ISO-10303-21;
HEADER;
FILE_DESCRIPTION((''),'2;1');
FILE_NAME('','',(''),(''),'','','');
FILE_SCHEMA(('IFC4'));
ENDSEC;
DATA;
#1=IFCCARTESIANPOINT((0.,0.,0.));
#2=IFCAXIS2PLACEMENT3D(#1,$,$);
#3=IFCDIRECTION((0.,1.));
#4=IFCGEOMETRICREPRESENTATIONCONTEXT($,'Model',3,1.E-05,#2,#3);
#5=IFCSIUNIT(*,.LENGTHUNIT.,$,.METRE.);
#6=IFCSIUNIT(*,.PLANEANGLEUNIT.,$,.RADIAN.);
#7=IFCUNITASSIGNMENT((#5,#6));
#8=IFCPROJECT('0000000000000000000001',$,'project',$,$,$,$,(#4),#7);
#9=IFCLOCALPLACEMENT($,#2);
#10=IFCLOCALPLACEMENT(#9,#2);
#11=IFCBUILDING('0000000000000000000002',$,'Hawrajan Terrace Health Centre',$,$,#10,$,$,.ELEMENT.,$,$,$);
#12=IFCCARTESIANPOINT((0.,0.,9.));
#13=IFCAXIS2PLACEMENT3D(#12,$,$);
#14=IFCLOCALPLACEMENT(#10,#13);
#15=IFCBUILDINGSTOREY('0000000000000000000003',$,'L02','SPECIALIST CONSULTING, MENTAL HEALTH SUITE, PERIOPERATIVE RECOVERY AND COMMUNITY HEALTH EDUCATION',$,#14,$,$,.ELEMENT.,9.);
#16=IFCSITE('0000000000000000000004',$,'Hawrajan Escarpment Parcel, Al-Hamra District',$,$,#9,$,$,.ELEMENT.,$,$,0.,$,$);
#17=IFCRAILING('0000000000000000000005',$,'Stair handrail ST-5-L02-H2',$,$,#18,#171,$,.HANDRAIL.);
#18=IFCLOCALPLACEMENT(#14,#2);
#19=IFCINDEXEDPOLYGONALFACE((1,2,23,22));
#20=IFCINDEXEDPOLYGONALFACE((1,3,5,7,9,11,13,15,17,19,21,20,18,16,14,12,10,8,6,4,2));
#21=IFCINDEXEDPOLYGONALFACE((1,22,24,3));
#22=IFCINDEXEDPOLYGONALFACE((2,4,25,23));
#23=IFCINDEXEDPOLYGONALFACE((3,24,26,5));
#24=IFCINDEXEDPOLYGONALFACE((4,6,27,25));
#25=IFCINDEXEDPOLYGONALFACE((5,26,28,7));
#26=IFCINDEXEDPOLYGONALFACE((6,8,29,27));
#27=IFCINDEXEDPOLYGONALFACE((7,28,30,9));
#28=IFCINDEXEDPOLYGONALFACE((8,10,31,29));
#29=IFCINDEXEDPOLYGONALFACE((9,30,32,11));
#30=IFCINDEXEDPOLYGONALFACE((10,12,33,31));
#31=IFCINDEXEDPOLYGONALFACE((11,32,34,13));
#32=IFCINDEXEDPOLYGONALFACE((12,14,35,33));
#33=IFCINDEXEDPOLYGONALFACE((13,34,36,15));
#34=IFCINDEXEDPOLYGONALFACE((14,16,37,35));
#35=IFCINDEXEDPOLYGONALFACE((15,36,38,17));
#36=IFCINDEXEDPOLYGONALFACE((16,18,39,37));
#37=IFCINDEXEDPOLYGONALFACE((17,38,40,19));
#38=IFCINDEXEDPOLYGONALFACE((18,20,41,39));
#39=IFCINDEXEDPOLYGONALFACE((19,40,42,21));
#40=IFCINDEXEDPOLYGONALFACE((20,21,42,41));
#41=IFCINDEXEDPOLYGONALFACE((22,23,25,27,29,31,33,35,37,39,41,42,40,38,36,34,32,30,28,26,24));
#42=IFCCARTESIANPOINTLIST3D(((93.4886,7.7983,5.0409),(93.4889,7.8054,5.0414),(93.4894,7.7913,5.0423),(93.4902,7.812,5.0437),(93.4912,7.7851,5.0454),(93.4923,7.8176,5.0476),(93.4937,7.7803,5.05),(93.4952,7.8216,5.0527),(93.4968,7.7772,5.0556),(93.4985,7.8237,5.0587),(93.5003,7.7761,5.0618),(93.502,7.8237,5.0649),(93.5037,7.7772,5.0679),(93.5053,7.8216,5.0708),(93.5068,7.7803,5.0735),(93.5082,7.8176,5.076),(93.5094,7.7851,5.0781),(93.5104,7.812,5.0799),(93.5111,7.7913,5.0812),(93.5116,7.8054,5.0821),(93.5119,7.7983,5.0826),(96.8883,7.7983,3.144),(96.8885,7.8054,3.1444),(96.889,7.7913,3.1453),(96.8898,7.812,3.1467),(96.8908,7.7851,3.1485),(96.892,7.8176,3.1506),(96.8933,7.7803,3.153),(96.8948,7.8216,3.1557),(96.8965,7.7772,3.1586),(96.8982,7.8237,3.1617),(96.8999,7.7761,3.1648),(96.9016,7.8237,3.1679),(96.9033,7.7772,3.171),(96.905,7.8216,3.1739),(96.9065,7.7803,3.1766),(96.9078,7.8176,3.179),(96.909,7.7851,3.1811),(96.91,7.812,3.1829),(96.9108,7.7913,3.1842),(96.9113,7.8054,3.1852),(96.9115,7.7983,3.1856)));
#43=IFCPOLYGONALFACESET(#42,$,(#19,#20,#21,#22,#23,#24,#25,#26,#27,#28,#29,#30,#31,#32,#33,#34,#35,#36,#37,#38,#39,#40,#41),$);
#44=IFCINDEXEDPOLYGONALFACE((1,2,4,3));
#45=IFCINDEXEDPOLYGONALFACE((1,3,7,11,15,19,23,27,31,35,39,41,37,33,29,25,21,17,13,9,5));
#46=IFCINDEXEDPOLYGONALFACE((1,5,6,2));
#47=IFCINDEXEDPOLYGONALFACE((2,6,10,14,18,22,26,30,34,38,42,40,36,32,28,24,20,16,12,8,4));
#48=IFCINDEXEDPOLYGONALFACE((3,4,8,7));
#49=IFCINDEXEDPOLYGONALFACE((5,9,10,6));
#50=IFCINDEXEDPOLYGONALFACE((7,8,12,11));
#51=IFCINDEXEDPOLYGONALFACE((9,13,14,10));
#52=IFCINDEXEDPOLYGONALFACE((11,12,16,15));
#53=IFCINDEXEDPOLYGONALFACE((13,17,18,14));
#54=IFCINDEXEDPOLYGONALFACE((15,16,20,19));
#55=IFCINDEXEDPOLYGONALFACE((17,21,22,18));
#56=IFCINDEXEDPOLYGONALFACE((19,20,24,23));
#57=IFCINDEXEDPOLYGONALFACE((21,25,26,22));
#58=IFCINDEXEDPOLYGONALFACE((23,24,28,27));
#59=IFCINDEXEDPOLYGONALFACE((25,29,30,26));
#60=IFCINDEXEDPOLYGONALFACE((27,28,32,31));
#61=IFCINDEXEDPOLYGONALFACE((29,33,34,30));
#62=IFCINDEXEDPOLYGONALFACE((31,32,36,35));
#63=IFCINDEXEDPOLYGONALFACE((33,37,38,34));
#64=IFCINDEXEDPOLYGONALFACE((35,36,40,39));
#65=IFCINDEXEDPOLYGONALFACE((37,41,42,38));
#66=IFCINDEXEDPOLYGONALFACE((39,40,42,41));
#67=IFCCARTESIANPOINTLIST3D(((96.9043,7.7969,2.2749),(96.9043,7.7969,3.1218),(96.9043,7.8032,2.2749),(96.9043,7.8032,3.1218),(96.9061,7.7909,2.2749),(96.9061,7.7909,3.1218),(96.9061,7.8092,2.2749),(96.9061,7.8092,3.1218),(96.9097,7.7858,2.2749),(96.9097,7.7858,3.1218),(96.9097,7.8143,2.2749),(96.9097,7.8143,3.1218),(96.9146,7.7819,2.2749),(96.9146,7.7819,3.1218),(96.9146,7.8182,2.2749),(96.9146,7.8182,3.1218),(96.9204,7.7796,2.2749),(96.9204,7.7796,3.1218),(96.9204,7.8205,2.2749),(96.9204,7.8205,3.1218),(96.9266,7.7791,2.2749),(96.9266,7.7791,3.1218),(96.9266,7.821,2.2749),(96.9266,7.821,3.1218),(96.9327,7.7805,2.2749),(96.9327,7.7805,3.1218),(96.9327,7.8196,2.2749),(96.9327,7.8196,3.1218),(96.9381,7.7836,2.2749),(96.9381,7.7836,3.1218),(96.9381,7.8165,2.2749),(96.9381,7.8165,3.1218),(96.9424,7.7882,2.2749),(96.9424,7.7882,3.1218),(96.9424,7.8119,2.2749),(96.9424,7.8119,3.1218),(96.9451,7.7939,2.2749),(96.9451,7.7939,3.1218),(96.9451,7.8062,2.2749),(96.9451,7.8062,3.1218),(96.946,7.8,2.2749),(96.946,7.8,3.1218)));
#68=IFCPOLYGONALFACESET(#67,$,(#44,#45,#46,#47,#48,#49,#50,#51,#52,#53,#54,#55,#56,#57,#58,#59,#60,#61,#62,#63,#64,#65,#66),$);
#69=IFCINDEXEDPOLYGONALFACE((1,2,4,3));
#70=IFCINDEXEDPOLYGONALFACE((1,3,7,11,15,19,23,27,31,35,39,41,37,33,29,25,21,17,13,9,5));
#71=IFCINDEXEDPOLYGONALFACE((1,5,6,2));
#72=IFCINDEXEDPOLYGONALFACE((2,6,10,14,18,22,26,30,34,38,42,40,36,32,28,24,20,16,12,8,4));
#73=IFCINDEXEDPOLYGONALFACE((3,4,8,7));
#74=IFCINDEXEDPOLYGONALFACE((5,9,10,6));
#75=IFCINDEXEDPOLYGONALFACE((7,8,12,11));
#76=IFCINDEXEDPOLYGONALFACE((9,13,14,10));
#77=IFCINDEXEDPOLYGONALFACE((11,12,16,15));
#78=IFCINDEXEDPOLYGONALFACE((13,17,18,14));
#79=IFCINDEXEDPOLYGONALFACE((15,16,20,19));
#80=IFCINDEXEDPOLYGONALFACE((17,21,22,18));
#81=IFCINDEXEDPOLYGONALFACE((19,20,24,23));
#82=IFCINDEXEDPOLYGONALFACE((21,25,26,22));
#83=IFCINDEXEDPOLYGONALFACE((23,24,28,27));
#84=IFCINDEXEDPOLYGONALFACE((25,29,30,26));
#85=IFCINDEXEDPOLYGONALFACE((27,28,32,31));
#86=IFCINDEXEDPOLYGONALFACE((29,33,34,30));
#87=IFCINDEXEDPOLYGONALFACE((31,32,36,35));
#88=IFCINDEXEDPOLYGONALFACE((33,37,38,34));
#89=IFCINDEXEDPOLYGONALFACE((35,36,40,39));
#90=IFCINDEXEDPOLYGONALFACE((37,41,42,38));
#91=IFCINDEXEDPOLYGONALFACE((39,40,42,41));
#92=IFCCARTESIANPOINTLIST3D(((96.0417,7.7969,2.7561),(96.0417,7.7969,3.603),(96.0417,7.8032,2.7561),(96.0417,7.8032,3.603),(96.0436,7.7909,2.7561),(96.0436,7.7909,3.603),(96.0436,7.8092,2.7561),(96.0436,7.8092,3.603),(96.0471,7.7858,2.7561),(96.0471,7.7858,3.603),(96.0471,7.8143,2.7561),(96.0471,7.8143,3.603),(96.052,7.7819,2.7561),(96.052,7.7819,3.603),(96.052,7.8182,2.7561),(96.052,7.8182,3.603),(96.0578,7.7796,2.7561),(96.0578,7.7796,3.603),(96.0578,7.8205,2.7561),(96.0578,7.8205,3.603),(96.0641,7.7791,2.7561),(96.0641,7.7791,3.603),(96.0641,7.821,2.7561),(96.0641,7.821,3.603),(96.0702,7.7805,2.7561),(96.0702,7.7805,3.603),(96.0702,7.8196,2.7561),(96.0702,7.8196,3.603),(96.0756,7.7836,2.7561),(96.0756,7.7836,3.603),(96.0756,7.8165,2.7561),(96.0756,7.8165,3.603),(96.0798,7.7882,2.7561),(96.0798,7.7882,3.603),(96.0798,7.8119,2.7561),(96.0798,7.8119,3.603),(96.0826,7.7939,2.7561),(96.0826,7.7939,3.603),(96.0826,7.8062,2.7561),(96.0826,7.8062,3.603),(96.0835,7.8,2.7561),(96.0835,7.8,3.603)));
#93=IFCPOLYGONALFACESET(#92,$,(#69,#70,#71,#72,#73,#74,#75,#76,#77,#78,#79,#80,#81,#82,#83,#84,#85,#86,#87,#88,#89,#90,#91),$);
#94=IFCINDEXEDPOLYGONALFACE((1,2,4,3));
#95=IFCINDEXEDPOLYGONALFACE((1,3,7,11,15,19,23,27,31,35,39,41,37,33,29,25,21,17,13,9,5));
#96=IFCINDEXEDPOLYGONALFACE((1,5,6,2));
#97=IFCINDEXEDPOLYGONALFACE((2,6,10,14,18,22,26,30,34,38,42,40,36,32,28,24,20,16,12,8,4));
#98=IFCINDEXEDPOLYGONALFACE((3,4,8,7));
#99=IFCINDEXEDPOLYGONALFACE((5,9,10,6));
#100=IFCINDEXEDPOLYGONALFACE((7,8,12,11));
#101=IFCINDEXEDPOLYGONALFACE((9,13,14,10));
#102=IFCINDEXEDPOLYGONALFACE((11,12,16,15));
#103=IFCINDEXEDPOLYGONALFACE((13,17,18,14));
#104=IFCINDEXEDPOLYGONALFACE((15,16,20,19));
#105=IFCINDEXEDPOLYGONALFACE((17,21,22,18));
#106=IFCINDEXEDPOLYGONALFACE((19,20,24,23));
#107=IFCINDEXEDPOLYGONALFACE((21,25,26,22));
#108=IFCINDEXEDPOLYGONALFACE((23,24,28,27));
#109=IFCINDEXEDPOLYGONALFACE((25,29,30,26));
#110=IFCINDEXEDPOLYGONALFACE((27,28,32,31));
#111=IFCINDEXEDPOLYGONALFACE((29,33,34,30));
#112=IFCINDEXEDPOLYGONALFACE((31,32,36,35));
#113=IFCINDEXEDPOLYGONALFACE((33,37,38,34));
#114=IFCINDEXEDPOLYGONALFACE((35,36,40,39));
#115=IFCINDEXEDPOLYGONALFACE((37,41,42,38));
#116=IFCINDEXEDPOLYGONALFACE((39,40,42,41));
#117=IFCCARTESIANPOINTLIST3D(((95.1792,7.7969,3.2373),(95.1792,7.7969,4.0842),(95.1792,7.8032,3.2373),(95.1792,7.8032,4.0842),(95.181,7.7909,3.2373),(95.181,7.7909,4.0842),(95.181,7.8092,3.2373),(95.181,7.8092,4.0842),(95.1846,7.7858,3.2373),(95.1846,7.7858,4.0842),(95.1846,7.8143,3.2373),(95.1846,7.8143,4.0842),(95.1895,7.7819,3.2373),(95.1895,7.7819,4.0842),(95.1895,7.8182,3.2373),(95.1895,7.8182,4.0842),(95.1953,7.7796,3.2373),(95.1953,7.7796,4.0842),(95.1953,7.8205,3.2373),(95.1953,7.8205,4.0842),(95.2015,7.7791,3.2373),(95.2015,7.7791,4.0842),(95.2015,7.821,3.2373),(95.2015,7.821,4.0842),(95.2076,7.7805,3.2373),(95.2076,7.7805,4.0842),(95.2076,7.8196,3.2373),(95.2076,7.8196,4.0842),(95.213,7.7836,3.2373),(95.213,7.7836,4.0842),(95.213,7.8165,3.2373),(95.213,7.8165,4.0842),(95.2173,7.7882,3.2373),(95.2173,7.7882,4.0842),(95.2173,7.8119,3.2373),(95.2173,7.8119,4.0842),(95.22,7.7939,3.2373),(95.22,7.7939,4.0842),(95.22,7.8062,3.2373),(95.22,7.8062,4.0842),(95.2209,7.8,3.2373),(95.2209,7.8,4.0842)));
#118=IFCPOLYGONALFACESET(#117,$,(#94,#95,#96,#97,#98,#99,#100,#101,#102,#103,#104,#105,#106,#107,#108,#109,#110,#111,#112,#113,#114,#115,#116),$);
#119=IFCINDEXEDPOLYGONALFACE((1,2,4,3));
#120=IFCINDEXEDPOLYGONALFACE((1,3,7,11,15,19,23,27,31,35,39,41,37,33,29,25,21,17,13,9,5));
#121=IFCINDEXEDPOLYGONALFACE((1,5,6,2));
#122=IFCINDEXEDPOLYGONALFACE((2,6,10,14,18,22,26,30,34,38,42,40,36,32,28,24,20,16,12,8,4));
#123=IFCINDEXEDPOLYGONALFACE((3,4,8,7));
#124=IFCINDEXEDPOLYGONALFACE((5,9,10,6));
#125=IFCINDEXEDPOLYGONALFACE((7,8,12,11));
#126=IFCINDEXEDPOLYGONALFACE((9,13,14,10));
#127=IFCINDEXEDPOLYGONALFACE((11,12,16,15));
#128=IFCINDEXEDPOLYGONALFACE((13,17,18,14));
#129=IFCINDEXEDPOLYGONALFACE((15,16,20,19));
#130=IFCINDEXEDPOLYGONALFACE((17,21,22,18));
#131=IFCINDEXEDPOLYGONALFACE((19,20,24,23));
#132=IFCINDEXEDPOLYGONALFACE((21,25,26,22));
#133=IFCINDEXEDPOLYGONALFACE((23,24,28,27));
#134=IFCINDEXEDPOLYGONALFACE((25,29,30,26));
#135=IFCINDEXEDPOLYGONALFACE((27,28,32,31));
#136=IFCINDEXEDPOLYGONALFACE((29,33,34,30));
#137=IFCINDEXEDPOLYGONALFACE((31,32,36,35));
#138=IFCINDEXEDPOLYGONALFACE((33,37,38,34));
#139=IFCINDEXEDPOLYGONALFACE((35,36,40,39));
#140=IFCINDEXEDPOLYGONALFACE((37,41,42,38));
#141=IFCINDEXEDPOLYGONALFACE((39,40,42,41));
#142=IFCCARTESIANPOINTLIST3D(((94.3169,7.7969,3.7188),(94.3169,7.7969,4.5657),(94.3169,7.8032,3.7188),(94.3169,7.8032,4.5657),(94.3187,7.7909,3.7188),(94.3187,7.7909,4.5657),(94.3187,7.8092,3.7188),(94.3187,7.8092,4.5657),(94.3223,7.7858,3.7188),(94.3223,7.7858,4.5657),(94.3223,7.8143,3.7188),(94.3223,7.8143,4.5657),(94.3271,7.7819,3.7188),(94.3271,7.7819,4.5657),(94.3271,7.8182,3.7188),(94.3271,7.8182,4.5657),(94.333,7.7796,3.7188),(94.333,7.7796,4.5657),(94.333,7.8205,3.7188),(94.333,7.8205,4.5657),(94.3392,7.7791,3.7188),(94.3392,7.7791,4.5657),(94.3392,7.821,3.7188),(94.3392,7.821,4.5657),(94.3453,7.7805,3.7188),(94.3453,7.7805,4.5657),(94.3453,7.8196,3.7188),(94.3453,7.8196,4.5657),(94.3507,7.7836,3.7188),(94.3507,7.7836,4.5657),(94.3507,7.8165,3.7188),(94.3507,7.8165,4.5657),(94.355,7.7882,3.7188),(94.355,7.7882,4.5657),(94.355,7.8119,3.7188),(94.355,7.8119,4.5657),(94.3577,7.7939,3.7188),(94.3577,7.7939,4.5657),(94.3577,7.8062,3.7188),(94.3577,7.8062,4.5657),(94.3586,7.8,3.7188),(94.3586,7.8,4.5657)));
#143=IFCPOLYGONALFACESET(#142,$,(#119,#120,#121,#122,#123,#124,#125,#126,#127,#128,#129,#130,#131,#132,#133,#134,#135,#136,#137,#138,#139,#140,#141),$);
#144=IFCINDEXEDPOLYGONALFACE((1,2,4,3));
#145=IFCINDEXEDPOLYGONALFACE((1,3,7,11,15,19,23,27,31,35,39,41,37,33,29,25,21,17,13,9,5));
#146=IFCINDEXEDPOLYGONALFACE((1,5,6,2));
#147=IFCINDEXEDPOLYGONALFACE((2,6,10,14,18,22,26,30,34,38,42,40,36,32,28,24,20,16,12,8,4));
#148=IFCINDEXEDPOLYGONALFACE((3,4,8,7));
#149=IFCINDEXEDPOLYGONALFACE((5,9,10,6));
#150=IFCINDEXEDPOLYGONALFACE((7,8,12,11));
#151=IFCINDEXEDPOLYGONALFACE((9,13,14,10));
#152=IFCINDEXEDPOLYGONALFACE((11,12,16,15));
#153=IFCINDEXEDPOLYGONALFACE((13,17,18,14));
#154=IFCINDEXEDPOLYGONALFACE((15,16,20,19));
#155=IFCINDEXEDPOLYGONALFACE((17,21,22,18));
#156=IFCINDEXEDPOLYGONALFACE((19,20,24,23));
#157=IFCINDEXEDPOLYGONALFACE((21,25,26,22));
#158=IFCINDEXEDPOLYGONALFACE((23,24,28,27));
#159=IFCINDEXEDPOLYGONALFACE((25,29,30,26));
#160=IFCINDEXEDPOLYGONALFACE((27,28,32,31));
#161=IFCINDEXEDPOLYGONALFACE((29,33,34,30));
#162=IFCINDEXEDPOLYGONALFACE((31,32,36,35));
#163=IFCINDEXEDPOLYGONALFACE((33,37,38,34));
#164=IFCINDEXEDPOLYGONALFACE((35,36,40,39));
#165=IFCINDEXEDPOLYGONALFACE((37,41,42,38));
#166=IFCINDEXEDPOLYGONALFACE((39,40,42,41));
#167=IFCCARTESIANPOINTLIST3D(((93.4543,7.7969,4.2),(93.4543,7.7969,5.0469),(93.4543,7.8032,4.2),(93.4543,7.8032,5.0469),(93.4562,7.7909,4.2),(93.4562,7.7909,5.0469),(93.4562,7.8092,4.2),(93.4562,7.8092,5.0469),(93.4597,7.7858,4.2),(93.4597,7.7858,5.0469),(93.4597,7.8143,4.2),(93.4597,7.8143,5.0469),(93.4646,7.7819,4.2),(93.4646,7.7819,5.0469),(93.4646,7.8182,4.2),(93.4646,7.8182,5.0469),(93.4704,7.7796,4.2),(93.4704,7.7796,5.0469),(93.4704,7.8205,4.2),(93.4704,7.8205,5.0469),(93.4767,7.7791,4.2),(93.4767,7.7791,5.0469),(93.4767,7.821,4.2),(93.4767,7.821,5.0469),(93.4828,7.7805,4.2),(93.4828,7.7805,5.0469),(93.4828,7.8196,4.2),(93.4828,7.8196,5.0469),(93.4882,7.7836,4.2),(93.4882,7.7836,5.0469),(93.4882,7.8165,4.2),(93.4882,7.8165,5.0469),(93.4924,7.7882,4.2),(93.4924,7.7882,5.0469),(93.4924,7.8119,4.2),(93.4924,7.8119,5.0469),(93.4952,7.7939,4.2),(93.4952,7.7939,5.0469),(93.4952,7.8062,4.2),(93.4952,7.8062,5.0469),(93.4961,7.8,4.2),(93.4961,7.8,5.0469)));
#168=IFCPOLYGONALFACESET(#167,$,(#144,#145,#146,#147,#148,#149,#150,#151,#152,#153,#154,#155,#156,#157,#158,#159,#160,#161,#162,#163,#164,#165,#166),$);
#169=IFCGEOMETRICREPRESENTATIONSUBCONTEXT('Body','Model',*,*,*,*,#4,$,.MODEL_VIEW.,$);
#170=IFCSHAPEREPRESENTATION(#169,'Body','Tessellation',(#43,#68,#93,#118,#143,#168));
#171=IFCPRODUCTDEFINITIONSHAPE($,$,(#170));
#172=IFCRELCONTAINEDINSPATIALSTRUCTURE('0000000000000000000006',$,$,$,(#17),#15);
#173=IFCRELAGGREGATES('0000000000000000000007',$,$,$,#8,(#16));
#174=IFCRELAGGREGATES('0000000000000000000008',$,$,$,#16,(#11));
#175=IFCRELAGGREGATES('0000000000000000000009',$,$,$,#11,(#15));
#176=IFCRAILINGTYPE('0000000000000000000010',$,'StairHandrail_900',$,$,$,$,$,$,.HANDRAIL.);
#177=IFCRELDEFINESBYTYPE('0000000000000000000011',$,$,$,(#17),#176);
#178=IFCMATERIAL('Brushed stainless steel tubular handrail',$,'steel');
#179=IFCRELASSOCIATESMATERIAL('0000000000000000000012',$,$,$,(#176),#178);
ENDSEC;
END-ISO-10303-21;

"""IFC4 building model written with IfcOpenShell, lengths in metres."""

from ifc_helpers import new_model, si_unit, direction, frame, origin, origin_2d, place, context, subcontext, project, spatial, circle, extrude, material, type_object, element, save


model = new_model("IFC4")

# Units and contexts
model_context = context("Model", 3, precision=1e-05, world=origin(), true_north=direction((0.0, 1.0)))
body_context = subcontext(model_context, "Body", "Model", "MODEL_VIEW")
ifc_project = project(units=[si_unit("LENGTHUNIT", "METRE"), si_unit("PLANEANGLEUNIT", "RADIAN")], contexts=[model_context])

# Site, building, storey
site_placement = place(None, origin())
site = spatial("IfcSite", under=ifc_project, at=site_placement, Name="Hawrajan Escarpment Parcel, Al-Hamra District", CompositionType="ELEMENT", RefElevation=0.0)
building_placement = place(site_placement, origin())
building = spatial("IfcBuilding", under=site, at=building_placement, Name="Hawrajan Terrace Health Centre", CompositionType="ELEMENT")
storey_placement = place(building_placement, frame((0.0, 0.0, 9.0)))
storey = spatial("IfcBuildingStorey", under=building, at=storey_placement, Name="L02", Description="SPECIALIST CONSULTING, MENTAL HEALTH SUITE, PERIOPERATIVE RECOVERY AND COMMUNITY HEALTH EDUCATION", CompositionType="ELEMENT", Elevation=9.0)

# Railing
ifc_material_1 = material(Name="Brushed stainless steel tubular handrail", Category="steel")
railing_type = type_object("IfcRailingType", Name="StairHandrail_900", PredefinedType="HANDRAIL", material=ifc_material_1)
railing_placement = place(storey_placement, frame((96.925, 7.8, 2.2749)))
element("IfcRailing", 1, at=railing_placement, inside=storey, type_object=railing_type, Name="Stair handrail ST-5-L02-H2", PredefinedType="HANDRAIL", context=body_context, shape_type="SweptSolid", body=[
    extrude(circle(Radius=0.0239, at=origin_2d()), frame((-0.0251, 0.0, 0.8899), z_axis=(-0.873252, 0.0, 0.487269), x_axis=(0.0, -1.0, 0.0)), (0.0, 0.0, 1.0), 3.8931),
    extrude(circle(Radius=0.021, at=origin_2d()), origin(), (0.0, 0.0, 1.0), 0.8469),
    extrude(circle(Radius=0.021, at=origin_2d()), frame((-0.8625, 0.0, 0.4812)), (0.0, 0.0, 1.0), 0.8469),
    extrude(circle(Radius=0.021, at=origin_2d()), frame((-1.7251, 0.0, 0.9624)), (0.0, 0.0, 1.0), 0.8469),
    extrude(circle(Radius=0.021, at=origin_2d()), frame((-2.5874, 0.0, 1.4438)), (0.0, 0.0, 1.0), 0.8469),
    extrude(circle(Radius=0.021, at=origin_2d()), frame((-3.45, 0.0, 1.925)), (0.0, 0.0, 1.0), 0.8469),
])

save(model, "model.ifc")
